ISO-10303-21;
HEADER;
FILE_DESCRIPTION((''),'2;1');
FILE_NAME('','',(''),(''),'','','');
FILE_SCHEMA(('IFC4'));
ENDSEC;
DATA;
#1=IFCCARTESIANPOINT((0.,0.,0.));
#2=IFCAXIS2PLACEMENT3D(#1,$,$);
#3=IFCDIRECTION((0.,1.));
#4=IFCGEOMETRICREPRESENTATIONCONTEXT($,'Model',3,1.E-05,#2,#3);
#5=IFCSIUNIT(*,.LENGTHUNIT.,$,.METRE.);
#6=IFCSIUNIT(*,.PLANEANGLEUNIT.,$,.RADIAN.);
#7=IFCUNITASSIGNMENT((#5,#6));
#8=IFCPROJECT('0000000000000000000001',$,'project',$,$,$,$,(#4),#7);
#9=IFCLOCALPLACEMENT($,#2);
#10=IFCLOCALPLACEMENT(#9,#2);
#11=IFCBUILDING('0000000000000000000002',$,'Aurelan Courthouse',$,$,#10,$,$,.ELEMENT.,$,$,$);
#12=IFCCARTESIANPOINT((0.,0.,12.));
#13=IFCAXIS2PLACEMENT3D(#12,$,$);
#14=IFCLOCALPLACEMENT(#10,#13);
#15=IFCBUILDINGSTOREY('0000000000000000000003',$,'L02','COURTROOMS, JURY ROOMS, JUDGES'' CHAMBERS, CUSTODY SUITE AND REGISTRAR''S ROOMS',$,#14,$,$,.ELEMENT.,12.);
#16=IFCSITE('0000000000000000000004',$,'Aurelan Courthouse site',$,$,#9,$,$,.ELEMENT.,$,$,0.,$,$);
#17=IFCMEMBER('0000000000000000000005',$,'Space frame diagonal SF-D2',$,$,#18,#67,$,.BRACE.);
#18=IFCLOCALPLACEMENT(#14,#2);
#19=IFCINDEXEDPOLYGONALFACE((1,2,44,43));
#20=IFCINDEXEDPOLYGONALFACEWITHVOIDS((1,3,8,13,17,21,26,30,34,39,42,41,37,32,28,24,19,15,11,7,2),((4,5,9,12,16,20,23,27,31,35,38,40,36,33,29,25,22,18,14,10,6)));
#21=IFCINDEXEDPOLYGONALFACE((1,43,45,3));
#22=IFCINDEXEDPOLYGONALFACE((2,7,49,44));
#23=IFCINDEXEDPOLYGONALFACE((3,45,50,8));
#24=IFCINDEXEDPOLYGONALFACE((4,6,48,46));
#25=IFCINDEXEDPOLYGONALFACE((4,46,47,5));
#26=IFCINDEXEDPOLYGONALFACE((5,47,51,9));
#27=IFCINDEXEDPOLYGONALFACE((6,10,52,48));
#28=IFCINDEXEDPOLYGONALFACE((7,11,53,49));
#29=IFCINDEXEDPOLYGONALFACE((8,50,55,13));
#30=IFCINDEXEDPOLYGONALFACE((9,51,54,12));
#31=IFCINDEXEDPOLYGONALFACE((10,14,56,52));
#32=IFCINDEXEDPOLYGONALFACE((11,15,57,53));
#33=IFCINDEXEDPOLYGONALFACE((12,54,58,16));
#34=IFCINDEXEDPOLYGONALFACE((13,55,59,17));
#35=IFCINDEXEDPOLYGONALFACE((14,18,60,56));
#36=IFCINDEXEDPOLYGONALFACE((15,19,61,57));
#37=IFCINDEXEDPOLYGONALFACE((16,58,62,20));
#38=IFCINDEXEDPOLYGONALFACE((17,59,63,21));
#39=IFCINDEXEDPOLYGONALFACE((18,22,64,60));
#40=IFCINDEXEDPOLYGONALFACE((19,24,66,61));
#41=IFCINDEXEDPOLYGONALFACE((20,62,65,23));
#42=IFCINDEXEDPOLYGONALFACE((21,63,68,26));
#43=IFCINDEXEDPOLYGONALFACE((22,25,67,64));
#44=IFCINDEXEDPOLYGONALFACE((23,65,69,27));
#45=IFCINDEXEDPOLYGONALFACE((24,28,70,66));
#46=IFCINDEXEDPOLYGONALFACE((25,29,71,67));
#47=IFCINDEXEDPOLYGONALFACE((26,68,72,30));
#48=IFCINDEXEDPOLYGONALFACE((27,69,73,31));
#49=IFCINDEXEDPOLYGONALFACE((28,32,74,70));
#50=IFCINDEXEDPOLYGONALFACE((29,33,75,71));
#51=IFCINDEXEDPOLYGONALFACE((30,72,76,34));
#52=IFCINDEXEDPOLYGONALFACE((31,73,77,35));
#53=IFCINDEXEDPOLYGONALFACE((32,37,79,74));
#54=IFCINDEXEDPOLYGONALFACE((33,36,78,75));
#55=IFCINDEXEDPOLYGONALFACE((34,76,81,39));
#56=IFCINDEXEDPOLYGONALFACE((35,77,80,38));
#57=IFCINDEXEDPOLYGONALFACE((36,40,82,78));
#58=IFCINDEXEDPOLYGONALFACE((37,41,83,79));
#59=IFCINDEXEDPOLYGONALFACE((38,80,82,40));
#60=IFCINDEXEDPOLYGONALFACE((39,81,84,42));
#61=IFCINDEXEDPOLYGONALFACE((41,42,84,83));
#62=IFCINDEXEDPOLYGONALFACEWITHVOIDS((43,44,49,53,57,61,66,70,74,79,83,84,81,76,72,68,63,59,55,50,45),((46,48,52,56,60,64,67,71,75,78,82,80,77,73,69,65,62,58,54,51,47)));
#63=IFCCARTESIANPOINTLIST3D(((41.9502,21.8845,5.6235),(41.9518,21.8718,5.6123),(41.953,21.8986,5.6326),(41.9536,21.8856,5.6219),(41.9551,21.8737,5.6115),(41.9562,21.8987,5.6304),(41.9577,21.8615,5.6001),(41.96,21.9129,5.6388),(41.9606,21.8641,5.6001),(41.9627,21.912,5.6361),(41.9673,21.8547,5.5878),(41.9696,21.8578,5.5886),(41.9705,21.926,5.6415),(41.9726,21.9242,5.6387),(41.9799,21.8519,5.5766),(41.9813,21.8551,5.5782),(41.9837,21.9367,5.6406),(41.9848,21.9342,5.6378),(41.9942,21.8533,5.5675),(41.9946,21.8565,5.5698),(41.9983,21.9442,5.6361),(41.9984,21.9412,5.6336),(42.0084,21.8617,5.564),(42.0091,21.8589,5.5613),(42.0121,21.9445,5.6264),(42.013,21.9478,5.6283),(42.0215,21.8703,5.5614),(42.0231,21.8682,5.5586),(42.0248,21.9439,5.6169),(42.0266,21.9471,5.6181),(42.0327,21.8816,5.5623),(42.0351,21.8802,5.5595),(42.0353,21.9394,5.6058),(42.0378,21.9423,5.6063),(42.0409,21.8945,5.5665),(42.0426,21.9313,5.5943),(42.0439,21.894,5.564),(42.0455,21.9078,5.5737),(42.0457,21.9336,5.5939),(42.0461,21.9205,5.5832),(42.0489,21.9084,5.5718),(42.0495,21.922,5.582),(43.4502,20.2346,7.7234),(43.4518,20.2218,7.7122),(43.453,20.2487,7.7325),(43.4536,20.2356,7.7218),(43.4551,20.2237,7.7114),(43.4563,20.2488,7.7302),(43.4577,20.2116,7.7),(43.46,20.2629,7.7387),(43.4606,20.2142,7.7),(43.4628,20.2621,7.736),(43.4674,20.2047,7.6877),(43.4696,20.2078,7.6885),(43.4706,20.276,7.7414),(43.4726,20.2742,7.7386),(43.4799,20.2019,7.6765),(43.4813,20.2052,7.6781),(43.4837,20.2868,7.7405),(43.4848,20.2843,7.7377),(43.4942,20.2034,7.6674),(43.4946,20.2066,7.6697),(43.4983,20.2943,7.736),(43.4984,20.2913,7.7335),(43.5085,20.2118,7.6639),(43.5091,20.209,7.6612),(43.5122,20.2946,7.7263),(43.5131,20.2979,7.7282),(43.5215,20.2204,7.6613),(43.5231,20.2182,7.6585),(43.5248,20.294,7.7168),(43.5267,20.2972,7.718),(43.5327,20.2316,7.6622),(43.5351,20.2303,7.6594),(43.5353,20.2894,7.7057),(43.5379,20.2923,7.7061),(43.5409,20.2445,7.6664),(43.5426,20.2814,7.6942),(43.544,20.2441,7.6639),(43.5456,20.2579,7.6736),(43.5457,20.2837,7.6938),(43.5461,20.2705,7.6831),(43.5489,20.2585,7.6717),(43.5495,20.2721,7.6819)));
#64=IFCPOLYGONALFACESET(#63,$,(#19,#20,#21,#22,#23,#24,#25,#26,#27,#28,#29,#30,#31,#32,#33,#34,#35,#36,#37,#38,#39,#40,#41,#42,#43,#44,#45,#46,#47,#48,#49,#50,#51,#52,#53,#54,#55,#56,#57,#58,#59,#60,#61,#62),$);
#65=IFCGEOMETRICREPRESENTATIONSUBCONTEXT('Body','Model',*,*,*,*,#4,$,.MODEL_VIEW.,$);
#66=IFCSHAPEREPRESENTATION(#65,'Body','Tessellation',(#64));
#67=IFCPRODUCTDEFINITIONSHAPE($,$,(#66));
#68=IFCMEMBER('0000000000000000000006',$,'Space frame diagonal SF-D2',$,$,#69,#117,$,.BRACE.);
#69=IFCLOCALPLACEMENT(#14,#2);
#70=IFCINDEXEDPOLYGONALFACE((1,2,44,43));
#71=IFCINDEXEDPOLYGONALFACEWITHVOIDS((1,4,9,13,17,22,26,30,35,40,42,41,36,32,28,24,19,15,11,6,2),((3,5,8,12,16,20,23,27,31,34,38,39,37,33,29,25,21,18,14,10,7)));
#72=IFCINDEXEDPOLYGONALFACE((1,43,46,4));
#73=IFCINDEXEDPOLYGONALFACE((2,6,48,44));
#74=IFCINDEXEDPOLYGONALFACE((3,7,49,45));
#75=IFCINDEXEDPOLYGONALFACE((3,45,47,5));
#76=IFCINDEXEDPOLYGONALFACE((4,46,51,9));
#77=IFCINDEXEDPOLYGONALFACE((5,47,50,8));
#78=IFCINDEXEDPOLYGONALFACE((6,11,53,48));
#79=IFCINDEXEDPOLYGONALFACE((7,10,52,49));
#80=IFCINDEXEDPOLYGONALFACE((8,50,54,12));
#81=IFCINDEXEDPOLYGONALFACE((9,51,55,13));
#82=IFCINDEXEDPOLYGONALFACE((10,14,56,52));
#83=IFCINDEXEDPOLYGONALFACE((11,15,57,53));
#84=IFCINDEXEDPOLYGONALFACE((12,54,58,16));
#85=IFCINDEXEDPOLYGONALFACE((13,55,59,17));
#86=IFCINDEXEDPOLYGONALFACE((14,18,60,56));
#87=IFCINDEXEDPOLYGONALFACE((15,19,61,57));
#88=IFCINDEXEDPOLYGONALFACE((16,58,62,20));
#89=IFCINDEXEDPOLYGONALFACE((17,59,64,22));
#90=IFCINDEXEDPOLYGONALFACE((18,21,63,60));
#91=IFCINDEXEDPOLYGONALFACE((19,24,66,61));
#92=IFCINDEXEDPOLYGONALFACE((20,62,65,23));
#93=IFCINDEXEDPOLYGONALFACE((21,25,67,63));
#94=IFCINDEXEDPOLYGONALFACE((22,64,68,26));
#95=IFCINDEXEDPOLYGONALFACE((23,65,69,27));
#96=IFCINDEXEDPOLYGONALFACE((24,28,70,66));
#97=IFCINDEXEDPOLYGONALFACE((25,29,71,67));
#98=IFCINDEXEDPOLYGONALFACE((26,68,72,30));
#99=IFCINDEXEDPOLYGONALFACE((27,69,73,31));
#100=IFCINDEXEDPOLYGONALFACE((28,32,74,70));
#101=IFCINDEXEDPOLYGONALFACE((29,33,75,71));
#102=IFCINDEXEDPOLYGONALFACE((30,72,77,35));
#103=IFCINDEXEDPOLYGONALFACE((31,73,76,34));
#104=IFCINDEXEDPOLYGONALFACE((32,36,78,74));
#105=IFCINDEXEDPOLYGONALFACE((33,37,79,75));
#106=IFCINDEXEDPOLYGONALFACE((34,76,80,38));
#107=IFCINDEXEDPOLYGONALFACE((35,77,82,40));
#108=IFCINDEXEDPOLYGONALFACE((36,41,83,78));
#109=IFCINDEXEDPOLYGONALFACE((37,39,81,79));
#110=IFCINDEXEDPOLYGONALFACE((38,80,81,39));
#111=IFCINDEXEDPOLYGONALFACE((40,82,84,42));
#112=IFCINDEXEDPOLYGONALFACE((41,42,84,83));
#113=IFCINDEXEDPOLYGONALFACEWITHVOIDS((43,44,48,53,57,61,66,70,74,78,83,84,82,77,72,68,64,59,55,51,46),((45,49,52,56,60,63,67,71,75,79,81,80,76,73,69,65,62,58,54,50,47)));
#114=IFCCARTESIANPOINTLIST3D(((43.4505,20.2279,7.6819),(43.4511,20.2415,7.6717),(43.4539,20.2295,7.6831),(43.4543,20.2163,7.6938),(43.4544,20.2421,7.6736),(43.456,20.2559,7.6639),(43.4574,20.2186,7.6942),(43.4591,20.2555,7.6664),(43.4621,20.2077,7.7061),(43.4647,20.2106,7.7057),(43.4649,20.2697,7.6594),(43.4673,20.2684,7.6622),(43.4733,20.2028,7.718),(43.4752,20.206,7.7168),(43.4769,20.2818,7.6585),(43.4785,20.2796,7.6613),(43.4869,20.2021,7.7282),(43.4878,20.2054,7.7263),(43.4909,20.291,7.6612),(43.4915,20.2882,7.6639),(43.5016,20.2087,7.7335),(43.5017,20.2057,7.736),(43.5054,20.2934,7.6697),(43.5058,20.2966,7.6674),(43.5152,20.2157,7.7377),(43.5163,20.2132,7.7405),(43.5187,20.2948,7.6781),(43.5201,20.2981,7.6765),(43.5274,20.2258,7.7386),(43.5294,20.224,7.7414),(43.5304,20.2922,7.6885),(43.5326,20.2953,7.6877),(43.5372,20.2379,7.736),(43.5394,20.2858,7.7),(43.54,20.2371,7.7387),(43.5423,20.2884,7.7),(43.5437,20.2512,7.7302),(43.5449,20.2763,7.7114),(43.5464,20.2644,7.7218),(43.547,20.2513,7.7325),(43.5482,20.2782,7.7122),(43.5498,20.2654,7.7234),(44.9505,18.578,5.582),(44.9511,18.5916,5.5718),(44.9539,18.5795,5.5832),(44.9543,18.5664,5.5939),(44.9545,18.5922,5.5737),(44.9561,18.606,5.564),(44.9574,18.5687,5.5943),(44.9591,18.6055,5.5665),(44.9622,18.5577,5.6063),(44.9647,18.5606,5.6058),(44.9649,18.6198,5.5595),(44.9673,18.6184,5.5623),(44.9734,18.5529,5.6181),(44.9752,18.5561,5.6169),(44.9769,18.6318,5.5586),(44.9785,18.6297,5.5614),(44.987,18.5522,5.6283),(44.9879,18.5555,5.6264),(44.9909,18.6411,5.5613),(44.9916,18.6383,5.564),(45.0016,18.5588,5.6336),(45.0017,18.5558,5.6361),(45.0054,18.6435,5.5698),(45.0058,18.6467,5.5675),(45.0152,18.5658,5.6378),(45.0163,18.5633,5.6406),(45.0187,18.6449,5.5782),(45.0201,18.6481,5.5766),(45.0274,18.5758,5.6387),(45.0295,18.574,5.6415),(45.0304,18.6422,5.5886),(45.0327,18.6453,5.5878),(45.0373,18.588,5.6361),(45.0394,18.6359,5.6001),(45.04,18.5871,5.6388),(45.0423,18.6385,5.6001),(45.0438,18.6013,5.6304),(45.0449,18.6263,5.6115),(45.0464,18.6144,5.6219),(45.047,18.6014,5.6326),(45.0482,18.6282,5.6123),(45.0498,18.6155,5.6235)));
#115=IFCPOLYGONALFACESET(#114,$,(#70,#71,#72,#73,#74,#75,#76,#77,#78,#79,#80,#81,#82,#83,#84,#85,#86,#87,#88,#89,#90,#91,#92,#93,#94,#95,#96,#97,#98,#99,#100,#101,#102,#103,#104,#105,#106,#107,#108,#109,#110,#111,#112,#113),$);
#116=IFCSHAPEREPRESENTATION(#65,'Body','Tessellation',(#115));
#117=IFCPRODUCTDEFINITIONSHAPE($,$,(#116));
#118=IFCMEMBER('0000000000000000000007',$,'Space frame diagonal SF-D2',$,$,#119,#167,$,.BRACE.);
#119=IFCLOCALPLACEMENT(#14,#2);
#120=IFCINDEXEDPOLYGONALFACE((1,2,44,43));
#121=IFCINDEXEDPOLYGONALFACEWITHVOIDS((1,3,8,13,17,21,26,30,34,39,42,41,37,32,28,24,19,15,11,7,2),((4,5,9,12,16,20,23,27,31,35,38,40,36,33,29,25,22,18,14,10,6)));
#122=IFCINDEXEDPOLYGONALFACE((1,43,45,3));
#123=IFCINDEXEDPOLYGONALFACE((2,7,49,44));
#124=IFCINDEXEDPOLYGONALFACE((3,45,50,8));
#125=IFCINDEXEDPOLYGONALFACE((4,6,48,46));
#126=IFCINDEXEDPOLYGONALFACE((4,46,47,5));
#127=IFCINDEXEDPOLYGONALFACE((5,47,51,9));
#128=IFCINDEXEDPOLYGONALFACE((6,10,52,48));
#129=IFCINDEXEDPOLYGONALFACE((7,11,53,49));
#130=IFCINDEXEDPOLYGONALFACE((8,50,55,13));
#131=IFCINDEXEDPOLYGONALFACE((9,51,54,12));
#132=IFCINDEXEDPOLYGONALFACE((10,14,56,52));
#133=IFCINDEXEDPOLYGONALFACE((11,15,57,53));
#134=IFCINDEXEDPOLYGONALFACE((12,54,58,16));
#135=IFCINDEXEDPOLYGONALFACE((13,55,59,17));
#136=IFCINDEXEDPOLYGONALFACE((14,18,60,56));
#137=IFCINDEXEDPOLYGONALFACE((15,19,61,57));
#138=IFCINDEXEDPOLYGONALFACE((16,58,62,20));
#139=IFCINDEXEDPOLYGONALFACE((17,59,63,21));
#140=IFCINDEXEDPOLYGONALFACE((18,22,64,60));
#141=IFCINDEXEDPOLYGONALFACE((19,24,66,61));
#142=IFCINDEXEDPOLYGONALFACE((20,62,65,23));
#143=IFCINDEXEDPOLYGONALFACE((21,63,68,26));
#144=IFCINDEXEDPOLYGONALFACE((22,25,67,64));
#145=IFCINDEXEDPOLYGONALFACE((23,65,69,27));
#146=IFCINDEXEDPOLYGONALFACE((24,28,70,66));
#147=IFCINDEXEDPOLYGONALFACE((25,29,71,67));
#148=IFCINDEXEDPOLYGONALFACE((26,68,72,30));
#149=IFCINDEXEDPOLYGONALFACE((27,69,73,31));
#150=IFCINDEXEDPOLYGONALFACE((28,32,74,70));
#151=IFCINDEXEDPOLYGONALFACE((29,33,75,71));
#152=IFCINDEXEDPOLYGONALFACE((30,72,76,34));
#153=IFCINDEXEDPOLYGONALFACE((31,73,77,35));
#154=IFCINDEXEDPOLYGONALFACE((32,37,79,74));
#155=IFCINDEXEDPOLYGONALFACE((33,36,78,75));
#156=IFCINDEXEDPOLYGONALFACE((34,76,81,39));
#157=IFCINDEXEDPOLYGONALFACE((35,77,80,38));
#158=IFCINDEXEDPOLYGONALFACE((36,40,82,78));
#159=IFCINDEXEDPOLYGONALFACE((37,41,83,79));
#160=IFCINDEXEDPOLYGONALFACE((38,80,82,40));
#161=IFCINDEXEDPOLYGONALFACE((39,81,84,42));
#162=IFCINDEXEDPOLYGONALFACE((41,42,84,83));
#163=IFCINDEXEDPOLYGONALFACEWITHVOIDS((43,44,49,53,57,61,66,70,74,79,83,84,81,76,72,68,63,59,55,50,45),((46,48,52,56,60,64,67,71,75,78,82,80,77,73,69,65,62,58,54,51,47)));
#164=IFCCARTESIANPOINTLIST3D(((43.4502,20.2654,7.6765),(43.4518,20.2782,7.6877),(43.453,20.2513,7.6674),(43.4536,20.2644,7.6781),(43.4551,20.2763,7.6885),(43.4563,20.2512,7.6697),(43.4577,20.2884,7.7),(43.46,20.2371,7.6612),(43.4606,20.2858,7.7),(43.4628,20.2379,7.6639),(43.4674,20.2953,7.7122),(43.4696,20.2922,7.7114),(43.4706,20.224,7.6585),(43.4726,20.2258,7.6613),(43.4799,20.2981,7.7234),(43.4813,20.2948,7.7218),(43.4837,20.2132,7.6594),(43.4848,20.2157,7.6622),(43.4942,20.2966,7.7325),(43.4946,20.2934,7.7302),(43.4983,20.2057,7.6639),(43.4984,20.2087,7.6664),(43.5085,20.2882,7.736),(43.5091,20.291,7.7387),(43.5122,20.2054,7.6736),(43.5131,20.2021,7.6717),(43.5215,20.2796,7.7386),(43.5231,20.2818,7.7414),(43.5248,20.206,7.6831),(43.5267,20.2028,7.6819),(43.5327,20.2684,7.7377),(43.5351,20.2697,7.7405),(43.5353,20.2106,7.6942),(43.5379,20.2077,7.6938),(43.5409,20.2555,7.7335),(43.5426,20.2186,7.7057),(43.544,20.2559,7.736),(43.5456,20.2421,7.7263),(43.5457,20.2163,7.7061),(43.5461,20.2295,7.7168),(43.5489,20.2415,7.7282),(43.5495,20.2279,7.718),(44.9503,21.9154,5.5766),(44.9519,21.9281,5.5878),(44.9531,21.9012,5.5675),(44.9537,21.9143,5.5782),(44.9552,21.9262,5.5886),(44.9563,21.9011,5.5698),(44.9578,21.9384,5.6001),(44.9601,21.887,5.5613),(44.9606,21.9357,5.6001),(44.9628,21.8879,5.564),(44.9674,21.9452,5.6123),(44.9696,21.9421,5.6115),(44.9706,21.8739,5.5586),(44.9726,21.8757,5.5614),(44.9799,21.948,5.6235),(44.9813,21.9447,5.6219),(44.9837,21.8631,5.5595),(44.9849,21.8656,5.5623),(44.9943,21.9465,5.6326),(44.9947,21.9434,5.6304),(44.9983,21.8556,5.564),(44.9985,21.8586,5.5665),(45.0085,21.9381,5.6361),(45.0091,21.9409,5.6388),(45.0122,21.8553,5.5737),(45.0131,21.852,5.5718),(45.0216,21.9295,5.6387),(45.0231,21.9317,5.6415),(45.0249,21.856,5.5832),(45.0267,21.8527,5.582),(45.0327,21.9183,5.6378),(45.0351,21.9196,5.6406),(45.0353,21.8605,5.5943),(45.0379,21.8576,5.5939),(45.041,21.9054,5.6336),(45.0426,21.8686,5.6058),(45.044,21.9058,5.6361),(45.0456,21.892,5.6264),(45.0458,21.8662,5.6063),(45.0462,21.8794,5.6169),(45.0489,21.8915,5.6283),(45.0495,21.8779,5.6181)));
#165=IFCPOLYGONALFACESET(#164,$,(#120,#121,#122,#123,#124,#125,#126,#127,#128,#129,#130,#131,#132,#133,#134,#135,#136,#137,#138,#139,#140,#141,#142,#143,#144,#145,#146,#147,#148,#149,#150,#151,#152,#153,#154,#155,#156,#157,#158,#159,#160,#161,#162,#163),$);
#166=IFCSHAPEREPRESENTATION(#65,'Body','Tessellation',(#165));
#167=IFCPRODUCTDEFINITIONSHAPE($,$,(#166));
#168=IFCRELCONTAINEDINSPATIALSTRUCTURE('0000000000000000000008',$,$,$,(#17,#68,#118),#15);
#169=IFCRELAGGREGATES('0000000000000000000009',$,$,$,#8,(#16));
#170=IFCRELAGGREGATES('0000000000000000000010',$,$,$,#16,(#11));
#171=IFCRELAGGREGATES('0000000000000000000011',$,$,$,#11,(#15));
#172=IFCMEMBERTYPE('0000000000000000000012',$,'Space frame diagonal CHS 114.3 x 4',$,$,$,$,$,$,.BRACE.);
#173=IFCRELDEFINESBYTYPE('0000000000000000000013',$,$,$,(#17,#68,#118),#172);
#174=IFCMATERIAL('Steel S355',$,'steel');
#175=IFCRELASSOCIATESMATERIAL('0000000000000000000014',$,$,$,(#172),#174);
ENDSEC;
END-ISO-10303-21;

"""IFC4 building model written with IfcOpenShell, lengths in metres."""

from ifc_helpers import new_model, si_unit, direction, frame, origin, origin_2d, place, context, subcontext, project, spatial, hollow_circle, extrude, material, material_profile, profile_set, type_object, element, save


model = new_model("IFC4")

# Units and contexts
model_context = context("Model", 3, precision=1e-05, world=origin(), true_north=direction((0.0, 1.0)))
body_context = subcontext(model_context, "Body", "Model", "MODEL_VIEW")
ifc_project = project(units=[si_unit("LENGTHUNIT", "METRE"), si_unit("PLANEANGLEUNIT", "RADIAN")], contexts=[model_context])

# Site, building, storey
site_placement = place(None, origin())
site = spatial("IfcSite", under=ifc_project, at=site_placement, Name="Aurelan Courthouse site", CompositionType="ELEMENT", RefElevation=0.0)
building_placement = place(site_placement, origin())
building = spatial("IfcBuilding", under=site, at=building_placement, Name="Aurelan Courthouse", CompositionType="ELEMENT")
storey_placement = place(building_placement, frame((0.0, 0.0, 12.0)))
storey = spatial("IfcBuildingStorey", under=building, at=storey_placement, Name="L02", Description="COURTROOMS, JURY ROOMS, JUDGES' CHAMBERS, CUSTODY SUITE AND REGISTRAR'S ROOMS", CompositionType="ELEMENT", Elevation=12.0)

# Members
ifc_material = material(Name="Steel S355", Category="steel")
ifc_material_profile_1 = material_profile(ifc_material, hollow_circle(Radius=0.0571, WallThickness=0.0039, at=origin_2d()), Name="CHS 114.3 x 4")
ifc_profile_set_1 = profile_set([ifc_material_profile_1], Name="Steel S355")
member_type_1 = type_object("IfcMemberType", Name="Space frame diagonal CHS 114.3 x 4", PredefinedType="BRACE", material=ifc_profile_set_1)
for number, where, z_axis, x_axis, name in (
    (1, (43.5, 20.25, 7.7), (-0.489727, 0.538667, -0.685569), (-0.73992, -0.672695, 0.0), "Space frame diagonal SF-D2"),
    (2, (43.5, 20.25, 7.7), (0.489727, -0.538667, -0.685569), (0.73992, 0.672695, 0.0), "Space frame diagonal SF-D2"),
    (3, (43.5, 20.25, 7.7), (0.489727, 0.538667, -0.685569), (-0.73992, 0.672695, 0.0), "Space frame diagonal SF-D2"),
):
    element("IfcMember", number, at=place(storey_placement, frame(where, z_axis=z_axis, x_axis=x_axis)), inside=storey, type_object=member_type_1, Name=name, PredefinedType="BRACE", context=body_context, shape_type="SweptSolid", body=[
        extrude(hollow_circle(Radius=0.0571, WallThickness=0.0039, at=origin_2d()), origin(), (0.0, 0.0, 1.0), 3.063),
    ])

save(model, "model.ifc")
